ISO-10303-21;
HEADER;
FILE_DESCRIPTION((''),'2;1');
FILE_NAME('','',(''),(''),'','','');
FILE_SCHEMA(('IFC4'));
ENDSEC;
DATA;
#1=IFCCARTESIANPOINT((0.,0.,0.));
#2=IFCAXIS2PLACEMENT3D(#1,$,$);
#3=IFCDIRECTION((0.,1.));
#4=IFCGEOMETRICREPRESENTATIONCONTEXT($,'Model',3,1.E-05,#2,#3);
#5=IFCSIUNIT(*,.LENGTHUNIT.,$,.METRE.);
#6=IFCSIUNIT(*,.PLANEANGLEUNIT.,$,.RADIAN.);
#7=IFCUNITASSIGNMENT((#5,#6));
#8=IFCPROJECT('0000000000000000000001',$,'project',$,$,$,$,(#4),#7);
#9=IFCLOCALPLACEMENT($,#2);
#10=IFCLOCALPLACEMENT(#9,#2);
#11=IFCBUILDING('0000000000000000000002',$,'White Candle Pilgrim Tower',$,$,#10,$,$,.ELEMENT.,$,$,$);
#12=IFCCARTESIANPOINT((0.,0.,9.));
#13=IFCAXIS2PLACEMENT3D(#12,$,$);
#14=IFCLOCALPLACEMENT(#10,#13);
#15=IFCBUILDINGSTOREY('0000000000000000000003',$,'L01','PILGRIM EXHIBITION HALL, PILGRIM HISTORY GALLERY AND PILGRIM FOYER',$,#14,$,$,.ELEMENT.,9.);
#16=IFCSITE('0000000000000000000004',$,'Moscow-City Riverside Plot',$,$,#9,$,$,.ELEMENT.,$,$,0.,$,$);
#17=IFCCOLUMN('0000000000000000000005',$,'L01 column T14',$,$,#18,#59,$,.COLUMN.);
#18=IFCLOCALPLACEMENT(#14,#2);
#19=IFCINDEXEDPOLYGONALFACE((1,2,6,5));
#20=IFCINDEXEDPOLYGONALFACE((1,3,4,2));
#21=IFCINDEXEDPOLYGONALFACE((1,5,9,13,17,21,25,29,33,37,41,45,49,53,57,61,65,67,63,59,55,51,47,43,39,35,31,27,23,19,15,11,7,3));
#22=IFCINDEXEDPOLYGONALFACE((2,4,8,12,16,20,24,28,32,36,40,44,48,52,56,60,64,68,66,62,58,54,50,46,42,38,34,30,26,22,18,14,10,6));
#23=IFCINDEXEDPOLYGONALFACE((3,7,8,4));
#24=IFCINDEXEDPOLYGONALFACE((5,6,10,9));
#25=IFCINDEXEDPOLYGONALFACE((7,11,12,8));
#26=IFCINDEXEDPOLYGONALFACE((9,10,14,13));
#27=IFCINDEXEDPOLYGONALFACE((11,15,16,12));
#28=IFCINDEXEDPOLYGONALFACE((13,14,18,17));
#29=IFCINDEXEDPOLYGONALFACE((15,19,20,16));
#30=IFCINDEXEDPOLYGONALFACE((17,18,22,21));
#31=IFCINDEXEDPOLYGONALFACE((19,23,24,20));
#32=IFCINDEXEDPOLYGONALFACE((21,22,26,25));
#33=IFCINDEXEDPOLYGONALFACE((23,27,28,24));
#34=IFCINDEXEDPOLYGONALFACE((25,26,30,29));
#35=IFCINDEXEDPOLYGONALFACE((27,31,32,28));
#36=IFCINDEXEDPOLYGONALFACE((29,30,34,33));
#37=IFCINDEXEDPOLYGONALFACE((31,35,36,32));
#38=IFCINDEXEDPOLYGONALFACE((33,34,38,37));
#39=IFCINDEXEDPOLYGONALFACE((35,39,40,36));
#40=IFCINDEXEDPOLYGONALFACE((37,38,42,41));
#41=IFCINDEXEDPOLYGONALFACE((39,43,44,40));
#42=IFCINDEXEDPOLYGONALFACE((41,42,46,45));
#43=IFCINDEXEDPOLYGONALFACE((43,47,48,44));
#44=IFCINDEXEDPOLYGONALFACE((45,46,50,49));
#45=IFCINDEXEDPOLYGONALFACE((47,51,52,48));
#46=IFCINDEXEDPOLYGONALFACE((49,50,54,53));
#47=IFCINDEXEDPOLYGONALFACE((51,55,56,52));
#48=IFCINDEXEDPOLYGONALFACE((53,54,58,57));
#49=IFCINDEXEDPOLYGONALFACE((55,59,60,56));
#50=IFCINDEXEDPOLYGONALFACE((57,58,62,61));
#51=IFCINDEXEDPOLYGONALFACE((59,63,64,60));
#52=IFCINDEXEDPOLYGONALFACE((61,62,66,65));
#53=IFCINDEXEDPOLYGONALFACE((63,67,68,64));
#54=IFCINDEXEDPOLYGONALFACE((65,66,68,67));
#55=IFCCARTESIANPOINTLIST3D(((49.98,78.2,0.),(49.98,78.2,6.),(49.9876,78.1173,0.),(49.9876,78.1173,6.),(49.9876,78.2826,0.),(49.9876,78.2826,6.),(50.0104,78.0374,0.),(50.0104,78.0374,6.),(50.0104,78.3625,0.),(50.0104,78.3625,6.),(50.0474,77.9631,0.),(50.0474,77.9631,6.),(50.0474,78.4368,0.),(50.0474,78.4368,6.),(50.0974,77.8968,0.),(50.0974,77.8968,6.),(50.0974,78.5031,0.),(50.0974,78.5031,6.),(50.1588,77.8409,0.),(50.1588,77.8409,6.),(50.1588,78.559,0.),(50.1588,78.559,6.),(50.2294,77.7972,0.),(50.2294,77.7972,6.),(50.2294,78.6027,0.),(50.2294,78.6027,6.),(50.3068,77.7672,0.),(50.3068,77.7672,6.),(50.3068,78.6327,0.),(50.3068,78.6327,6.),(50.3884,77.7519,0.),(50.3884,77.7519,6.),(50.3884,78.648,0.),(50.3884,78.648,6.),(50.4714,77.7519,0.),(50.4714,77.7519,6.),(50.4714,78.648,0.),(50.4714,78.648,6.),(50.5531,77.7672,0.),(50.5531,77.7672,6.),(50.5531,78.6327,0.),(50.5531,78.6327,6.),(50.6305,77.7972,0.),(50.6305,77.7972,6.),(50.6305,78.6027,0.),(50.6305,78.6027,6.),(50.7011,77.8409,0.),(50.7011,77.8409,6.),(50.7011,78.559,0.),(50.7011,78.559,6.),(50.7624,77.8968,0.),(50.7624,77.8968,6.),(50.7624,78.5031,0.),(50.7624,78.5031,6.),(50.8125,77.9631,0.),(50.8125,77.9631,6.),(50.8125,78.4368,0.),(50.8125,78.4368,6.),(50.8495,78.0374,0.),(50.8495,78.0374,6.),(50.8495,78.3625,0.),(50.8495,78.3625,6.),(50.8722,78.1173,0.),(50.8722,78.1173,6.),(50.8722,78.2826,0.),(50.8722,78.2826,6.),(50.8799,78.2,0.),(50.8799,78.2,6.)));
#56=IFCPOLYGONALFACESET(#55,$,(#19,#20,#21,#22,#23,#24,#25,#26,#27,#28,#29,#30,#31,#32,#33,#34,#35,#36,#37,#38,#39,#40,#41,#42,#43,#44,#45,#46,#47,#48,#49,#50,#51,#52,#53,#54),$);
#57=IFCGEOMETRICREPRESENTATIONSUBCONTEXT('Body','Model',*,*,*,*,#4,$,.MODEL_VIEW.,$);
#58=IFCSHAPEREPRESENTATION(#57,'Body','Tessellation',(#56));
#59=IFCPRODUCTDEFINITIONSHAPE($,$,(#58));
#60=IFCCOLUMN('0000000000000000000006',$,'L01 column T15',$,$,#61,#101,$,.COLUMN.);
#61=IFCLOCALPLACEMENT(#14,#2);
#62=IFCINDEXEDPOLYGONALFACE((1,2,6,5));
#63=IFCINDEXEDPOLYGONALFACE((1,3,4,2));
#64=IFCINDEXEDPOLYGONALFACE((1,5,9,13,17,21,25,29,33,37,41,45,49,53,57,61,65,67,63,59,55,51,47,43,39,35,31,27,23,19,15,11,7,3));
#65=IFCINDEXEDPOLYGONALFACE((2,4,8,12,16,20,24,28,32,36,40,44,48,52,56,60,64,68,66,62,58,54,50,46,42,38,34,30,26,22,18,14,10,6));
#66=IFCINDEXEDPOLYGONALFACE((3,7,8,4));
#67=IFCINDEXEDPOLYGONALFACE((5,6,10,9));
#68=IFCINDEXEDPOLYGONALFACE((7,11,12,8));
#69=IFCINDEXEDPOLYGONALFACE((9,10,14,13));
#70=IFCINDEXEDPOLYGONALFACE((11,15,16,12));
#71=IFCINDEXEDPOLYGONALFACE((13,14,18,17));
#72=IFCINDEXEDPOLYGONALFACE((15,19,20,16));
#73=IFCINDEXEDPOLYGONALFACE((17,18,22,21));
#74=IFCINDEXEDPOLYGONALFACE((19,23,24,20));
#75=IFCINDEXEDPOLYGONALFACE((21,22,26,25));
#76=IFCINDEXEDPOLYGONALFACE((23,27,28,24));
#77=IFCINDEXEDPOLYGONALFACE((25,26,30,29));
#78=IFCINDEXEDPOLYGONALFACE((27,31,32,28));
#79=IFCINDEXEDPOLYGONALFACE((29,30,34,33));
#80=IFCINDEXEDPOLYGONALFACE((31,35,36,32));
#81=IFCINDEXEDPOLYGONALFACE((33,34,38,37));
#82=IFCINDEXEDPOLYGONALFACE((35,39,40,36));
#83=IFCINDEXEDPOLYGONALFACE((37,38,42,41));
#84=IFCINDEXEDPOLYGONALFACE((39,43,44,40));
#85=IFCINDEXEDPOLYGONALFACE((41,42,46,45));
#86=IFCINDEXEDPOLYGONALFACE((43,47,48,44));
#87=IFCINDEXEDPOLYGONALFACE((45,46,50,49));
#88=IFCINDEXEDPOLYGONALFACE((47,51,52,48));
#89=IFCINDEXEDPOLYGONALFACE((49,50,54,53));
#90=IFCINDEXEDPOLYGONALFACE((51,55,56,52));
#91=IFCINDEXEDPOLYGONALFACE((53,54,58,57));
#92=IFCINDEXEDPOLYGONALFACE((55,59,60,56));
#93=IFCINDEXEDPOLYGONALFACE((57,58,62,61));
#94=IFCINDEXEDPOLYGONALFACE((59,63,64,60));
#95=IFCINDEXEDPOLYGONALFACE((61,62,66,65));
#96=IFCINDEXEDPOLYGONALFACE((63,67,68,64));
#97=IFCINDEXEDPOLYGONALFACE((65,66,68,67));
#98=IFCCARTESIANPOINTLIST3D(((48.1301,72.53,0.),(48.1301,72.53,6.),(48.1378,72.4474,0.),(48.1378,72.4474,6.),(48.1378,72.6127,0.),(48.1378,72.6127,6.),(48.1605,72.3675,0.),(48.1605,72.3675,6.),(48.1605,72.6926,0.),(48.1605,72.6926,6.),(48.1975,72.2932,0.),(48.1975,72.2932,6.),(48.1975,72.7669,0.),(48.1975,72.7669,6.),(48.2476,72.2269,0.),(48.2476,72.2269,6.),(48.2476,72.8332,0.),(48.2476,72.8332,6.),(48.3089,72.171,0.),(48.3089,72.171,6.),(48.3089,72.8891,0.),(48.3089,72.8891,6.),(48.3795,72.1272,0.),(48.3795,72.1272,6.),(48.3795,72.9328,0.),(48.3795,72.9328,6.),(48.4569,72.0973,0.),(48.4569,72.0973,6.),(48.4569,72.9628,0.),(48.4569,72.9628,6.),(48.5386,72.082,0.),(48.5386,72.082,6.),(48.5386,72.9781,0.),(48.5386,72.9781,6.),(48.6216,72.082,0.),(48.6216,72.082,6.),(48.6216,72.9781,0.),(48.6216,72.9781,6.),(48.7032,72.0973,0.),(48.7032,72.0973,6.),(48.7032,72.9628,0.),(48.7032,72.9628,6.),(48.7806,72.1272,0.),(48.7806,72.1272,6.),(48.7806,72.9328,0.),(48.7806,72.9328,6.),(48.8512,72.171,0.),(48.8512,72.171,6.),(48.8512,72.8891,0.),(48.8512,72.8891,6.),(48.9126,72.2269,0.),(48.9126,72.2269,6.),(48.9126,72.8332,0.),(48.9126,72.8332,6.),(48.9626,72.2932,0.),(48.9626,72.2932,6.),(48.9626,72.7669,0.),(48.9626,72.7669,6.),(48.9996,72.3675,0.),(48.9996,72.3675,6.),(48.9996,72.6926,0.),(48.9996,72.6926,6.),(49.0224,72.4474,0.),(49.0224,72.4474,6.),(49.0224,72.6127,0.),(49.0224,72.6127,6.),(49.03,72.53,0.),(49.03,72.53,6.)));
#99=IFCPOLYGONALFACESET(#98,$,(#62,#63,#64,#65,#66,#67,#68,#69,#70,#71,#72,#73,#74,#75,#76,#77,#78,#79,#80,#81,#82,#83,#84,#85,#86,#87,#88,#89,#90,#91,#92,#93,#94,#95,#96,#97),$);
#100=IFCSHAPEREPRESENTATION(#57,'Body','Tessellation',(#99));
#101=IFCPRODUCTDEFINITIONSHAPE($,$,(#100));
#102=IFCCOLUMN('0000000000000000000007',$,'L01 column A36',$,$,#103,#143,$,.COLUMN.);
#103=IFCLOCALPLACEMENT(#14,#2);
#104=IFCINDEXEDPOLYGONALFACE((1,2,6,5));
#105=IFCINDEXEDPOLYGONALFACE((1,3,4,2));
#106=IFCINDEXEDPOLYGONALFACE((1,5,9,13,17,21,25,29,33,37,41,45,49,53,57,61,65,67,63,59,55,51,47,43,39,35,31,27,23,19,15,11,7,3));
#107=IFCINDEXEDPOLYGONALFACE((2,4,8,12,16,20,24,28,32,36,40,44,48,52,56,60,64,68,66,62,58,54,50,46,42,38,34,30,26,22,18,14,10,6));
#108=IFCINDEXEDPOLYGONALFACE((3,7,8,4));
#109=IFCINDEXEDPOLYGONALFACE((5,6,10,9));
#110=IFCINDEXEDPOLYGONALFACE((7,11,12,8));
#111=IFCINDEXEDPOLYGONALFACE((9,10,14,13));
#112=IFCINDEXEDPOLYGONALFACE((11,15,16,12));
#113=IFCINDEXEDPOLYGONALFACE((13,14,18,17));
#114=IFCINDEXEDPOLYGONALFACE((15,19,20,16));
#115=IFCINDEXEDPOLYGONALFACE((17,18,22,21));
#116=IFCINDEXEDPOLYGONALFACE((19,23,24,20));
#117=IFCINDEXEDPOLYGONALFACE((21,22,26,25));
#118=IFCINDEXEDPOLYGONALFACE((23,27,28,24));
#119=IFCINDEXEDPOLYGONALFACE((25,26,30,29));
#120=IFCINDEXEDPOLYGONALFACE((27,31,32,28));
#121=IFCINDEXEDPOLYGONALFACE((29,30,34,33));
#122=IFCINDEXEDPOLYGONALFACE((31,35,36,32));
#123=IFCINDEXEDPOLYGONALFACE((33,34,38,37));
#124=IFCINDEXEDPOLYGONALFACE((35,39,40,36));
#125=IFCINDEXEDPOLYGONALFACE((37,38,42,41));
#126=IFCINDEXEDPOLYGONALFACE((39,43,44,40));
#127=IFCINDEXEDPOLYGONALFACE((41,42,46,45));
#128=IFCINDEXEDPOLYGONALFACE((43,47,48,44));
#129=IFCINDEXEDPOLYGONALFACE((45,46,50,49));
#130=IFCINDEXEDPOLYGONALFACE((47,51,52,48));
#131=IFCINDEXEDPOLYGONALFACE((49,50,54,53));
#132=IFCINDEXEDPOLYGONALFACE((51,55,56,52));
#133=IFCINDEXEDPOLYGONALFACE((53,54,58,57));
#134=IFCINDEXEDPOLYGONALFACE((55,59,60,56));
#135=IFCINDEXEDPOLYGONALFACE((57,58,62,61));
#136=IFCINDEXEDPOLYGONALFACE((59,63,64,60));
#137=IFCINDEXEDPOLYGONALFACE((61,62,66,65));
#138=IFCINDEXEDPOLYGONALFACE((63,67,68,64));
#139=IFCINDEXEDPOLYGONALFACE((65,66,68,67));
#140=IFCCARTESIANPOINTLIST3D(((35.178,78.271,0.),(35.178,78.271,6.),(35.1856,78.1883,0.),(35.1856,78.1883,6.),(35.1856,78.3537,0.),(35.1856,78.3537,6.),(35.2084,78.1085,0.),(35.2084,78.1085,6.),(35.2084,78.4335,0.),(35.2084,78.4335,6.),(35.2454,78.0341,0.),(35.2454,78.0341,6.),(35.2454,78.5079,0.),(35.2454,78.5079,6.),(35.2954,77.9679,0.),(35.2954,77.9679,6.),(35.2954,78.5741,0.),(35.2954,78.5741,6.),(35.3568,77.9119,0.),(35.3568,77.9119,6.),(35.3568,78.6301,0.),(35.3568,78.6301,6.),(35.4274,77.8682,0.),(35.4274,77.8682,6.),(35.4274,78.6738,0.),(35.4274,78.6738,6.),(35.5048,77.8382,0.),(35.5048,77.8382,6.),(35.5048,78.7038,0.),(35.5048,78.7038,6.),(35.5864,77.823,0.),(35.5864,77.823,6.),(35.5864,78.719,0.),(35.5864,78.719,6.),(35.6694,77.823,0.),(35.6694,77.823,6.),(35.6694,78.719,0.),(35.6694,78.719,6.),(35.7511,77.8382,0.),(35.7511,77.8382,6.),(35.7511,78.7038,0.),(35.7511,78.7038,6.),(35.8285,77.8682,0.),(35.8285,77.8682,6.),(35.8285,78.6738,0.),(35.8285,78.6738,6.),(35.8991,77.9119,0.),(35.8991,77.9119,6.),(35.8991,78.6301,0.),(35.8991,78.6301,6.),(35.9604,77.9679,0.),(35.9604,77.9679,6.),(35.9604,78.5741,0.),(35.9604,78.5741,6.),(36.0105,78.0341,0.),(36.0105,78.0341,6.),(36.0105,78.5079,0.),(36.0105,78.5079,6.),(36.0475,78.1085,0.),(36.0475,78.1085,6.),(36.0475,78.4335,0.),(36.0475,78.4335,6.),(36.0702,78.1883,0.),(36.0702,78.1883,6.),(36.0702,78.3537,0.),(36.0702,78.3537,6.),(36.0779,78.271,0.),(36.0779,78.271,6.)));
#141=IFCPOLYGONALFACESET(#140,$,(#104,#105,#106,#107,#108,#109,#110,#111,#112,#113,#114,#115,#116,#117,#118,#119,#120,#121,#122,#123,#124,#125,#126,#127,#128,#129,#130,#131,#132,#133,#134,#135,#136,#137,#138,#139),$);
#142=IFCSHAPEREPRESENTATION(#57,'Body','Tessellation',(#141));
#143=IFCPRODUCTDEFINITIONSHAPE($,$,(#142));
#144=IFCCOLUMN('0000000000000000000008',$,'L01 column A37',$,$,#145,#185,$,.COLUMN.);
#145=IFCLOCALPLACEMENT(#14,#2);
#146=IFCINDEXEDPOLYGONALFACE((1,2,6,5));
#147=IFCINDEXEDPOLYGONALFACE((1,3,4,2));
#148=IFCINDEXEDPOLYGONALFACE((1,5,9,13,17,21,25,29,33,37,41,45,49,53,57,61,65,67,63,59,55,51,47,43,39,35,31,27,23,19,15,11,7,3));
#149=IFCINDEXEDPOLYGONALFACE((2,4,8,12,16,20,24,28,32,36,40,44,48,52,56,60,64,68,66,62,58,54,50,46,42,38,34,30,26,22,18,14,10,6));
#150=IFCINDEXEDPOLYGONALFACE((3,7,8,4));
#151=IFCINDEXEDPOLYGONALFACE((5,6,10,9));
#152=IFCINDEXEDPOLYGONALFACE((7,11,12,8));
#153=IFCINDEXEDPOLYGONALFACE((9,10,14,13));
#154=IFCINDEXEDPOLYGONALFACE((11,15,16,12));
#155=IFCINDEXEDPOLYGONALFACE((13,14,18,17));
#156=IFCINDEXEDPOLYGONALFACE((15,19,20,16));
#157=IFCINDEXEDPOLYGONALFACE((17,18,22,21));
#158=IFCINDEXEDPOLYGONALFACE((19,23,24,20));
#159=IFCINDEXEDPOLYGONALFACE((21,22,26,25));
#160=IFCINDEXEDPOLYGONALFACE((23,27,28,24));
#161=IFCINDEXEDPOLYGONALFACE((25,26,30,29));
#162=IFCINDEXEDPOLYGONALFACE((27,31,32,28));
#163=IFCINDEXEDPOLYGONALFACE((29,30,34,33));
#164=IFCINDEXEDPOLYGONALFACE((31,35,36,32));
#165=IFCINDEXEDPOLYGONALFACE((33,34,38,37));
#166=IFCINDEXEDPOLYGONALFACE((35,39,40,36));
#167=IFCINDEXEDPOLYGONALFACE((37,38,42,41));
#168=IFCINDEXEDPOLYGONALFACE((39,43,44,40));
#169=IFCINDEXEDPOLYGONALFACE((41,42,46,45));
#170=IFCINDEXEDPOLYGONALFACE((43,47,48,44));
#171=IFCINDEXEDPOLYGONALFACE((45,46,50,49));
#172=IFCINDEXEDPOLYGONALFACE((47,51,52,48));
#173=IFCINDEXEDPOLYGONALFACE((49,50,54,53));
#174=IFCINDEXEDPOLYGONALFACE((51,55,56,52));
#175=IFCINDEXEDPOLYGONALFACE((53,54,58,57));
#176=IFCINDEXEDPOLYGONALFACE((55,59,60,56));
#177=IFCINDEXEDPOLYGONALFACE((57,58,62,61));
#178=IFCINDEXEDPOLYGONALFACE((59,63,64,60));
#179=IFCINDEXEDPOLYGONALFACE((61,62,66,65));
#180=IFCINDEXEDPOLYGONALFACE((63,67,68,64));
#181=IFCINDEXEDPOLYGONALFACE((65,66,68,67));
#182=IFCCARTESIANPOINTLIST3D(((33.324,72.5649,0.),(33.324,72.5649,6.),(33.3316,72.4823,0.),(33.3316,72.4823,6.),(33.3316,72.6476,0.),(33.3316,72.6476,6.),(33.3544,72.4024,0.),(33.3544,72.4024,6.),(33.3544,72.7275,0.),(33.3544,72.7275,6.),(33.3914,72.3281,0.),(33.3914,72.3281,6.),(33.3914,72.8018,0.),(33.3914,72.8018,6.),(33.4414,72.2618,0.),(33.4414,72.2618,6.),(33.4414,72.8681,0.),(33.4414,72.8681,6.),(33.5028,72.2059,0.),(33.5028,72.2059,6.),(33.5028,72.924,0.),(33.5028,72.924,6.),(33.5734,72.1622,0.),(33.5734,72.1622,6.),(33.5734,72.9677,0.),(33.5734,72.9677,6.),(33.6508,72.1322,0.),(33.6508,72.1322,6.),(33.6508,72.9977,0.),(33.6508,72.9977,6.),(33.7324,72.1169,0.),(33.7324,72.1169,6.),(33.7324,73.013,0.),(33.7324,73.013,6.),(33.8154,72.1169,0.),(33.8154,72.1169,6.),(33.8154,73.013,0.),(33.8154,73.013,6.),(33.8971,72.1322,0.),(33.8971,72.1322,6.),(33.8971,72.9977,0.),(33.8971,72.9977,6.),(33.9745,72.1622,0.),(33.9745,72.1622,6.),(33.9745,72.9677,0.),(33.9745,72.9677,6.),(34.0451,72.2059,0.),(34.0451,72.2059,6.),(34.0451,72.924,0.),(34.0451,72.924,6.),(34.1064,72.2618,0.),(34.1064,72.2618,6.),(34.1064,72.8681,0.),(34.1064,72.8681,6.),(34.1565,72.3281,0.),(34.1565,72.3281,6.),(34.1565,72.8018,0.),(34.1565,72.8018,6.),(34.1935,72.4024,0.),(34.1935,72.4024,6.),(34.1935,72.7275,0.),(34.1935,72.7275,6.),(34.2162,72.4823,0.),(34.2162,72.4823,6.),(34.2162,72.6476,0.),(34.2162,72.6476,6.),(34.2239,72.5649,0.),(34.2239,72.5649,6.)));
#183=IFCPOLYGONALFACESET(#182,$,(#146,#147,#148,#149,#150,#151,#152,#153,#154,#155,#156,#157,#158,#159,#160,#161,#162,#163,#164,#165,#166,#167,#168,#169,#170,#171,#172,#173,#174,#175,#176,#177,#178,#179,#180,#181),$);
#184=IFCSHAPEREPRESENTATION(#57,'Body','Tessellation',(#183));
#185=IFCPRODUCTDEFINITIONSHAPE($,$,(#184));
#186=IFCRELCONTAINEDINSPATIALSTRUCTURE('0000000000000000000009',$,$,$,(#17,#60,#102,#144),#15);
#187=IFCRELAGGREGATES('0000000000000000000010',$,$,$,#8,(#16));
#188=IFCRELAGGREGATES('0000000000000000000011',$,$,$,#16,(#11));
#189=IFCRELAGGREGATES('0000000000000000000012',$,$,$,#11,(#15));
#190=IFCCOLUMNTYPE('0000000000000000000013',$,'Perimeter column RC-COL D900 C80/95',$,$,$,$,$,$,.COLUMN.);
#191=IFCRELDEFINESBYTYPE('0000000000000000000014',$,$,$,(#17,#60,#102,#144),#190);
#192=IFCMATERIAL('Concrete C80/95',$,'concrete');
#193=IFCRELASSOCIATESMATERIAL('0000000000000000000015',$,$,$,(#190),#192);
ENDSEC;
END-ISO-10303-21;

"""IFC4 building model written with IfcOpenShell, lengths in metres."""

from ifc_helpers import new_model, si_unit, direction, frame, origin, origin_2d, place, context, subcontext, project, spatial, circle, extrude, material, material_profile, profile_set, type_object, element, save


model = new_model("IFC4")

# Units and contexts
model_context = context("Model", 3, precision=1e-05, world=origin(), true_north=direction((0.0, 1.0)))
body_context = subcontext(model_context, "Body", "Model", "MODEL_VIEW")
ifc_project = project(units=[si_unit("LENGTHUNIT", "METRE"), si_unit("PLANEANGLEUNIT", "RADIAN")], contexts=[model_context])

# Site, building, storey
site_placement = place(None, origin())
site = spatial("IfcSite", under=ifc_project, at=site_placement, Name="Moscow-City Riverside Plot", CompositionType="ELEMENT", RefElevation=0.0)
building_placement = place(site_placement, origin())
building = spatial("IfcBuilding", under=site, at=building_placement, Name="White Candle Pilgrim Tower", CompositionType="ELEMENT")
storey_placement = place(building_placement, frame((0.0, 0.0, 9.0)))
storey = spatial("IfcBuildingStorey", under=building, at=storey_placement, Name="L01", Description="PILGRIM EXHIBITION HALL, PILGRIM HISTORY GALLERY AND PILGRIM FOYER", CompositionType="ELEMENT", Elevation=9.0)

# Columns
ifc_material_1 = material(Name="Concrete C80/95", Category="concrete")
ifc_material_profile_1 = material_profile(ifc_material_1, circle(Radius=0.45, at=origin_2d()), Name="RC-COL D900")
ifc_profile_set_1 = profile_set([ifc_material_profile_1], Name="Concrete C80/95")
column_type = type_object("IfcColumnType", Name="Perimeter column RC-COL D900 C80/95", PredefinedType="COLUMN", material=ifc_profile_set_1)
for number, where, z_axis, x_axis, name in (
    (1, (50.4299, 78.2, 0.0), (0.0, 0.0, 1.0), (1.0, 0.0, 0.0), "L01 column T14"),
    (2, (48.5801, 72.53, 0.0), (0.0, 0.0, 1.0), (1.0, 0.0, 0.0), "L01 column T15"),
    (3, (35.6279, 78.271, 0.0), (0.0, 0.0, 1.0), (1.0, 0.0, 0.0), "L01 column A36"),
    (4, (33.7739, 72.5649, 0.0), (0.0, 0.0, 1.0), (1.0, 0.0, 0.0), "L01 column A37"),
):
    element("IfcColumn", number, at=place(storey_placement, frame(where, z_axis=z_axis, x_axis=x_axis)), inside=storey, type_object=column_type, Name=name, PredefinedType="COLUMN", context=body_context, shape_type="SweptSolid", body=[
        extrude(circle(Radius=0.45, at=origin_2d()), origin(), (0.0, 0.0, 1.0), 6.0),
    ])

save(model, "model.ifc")
